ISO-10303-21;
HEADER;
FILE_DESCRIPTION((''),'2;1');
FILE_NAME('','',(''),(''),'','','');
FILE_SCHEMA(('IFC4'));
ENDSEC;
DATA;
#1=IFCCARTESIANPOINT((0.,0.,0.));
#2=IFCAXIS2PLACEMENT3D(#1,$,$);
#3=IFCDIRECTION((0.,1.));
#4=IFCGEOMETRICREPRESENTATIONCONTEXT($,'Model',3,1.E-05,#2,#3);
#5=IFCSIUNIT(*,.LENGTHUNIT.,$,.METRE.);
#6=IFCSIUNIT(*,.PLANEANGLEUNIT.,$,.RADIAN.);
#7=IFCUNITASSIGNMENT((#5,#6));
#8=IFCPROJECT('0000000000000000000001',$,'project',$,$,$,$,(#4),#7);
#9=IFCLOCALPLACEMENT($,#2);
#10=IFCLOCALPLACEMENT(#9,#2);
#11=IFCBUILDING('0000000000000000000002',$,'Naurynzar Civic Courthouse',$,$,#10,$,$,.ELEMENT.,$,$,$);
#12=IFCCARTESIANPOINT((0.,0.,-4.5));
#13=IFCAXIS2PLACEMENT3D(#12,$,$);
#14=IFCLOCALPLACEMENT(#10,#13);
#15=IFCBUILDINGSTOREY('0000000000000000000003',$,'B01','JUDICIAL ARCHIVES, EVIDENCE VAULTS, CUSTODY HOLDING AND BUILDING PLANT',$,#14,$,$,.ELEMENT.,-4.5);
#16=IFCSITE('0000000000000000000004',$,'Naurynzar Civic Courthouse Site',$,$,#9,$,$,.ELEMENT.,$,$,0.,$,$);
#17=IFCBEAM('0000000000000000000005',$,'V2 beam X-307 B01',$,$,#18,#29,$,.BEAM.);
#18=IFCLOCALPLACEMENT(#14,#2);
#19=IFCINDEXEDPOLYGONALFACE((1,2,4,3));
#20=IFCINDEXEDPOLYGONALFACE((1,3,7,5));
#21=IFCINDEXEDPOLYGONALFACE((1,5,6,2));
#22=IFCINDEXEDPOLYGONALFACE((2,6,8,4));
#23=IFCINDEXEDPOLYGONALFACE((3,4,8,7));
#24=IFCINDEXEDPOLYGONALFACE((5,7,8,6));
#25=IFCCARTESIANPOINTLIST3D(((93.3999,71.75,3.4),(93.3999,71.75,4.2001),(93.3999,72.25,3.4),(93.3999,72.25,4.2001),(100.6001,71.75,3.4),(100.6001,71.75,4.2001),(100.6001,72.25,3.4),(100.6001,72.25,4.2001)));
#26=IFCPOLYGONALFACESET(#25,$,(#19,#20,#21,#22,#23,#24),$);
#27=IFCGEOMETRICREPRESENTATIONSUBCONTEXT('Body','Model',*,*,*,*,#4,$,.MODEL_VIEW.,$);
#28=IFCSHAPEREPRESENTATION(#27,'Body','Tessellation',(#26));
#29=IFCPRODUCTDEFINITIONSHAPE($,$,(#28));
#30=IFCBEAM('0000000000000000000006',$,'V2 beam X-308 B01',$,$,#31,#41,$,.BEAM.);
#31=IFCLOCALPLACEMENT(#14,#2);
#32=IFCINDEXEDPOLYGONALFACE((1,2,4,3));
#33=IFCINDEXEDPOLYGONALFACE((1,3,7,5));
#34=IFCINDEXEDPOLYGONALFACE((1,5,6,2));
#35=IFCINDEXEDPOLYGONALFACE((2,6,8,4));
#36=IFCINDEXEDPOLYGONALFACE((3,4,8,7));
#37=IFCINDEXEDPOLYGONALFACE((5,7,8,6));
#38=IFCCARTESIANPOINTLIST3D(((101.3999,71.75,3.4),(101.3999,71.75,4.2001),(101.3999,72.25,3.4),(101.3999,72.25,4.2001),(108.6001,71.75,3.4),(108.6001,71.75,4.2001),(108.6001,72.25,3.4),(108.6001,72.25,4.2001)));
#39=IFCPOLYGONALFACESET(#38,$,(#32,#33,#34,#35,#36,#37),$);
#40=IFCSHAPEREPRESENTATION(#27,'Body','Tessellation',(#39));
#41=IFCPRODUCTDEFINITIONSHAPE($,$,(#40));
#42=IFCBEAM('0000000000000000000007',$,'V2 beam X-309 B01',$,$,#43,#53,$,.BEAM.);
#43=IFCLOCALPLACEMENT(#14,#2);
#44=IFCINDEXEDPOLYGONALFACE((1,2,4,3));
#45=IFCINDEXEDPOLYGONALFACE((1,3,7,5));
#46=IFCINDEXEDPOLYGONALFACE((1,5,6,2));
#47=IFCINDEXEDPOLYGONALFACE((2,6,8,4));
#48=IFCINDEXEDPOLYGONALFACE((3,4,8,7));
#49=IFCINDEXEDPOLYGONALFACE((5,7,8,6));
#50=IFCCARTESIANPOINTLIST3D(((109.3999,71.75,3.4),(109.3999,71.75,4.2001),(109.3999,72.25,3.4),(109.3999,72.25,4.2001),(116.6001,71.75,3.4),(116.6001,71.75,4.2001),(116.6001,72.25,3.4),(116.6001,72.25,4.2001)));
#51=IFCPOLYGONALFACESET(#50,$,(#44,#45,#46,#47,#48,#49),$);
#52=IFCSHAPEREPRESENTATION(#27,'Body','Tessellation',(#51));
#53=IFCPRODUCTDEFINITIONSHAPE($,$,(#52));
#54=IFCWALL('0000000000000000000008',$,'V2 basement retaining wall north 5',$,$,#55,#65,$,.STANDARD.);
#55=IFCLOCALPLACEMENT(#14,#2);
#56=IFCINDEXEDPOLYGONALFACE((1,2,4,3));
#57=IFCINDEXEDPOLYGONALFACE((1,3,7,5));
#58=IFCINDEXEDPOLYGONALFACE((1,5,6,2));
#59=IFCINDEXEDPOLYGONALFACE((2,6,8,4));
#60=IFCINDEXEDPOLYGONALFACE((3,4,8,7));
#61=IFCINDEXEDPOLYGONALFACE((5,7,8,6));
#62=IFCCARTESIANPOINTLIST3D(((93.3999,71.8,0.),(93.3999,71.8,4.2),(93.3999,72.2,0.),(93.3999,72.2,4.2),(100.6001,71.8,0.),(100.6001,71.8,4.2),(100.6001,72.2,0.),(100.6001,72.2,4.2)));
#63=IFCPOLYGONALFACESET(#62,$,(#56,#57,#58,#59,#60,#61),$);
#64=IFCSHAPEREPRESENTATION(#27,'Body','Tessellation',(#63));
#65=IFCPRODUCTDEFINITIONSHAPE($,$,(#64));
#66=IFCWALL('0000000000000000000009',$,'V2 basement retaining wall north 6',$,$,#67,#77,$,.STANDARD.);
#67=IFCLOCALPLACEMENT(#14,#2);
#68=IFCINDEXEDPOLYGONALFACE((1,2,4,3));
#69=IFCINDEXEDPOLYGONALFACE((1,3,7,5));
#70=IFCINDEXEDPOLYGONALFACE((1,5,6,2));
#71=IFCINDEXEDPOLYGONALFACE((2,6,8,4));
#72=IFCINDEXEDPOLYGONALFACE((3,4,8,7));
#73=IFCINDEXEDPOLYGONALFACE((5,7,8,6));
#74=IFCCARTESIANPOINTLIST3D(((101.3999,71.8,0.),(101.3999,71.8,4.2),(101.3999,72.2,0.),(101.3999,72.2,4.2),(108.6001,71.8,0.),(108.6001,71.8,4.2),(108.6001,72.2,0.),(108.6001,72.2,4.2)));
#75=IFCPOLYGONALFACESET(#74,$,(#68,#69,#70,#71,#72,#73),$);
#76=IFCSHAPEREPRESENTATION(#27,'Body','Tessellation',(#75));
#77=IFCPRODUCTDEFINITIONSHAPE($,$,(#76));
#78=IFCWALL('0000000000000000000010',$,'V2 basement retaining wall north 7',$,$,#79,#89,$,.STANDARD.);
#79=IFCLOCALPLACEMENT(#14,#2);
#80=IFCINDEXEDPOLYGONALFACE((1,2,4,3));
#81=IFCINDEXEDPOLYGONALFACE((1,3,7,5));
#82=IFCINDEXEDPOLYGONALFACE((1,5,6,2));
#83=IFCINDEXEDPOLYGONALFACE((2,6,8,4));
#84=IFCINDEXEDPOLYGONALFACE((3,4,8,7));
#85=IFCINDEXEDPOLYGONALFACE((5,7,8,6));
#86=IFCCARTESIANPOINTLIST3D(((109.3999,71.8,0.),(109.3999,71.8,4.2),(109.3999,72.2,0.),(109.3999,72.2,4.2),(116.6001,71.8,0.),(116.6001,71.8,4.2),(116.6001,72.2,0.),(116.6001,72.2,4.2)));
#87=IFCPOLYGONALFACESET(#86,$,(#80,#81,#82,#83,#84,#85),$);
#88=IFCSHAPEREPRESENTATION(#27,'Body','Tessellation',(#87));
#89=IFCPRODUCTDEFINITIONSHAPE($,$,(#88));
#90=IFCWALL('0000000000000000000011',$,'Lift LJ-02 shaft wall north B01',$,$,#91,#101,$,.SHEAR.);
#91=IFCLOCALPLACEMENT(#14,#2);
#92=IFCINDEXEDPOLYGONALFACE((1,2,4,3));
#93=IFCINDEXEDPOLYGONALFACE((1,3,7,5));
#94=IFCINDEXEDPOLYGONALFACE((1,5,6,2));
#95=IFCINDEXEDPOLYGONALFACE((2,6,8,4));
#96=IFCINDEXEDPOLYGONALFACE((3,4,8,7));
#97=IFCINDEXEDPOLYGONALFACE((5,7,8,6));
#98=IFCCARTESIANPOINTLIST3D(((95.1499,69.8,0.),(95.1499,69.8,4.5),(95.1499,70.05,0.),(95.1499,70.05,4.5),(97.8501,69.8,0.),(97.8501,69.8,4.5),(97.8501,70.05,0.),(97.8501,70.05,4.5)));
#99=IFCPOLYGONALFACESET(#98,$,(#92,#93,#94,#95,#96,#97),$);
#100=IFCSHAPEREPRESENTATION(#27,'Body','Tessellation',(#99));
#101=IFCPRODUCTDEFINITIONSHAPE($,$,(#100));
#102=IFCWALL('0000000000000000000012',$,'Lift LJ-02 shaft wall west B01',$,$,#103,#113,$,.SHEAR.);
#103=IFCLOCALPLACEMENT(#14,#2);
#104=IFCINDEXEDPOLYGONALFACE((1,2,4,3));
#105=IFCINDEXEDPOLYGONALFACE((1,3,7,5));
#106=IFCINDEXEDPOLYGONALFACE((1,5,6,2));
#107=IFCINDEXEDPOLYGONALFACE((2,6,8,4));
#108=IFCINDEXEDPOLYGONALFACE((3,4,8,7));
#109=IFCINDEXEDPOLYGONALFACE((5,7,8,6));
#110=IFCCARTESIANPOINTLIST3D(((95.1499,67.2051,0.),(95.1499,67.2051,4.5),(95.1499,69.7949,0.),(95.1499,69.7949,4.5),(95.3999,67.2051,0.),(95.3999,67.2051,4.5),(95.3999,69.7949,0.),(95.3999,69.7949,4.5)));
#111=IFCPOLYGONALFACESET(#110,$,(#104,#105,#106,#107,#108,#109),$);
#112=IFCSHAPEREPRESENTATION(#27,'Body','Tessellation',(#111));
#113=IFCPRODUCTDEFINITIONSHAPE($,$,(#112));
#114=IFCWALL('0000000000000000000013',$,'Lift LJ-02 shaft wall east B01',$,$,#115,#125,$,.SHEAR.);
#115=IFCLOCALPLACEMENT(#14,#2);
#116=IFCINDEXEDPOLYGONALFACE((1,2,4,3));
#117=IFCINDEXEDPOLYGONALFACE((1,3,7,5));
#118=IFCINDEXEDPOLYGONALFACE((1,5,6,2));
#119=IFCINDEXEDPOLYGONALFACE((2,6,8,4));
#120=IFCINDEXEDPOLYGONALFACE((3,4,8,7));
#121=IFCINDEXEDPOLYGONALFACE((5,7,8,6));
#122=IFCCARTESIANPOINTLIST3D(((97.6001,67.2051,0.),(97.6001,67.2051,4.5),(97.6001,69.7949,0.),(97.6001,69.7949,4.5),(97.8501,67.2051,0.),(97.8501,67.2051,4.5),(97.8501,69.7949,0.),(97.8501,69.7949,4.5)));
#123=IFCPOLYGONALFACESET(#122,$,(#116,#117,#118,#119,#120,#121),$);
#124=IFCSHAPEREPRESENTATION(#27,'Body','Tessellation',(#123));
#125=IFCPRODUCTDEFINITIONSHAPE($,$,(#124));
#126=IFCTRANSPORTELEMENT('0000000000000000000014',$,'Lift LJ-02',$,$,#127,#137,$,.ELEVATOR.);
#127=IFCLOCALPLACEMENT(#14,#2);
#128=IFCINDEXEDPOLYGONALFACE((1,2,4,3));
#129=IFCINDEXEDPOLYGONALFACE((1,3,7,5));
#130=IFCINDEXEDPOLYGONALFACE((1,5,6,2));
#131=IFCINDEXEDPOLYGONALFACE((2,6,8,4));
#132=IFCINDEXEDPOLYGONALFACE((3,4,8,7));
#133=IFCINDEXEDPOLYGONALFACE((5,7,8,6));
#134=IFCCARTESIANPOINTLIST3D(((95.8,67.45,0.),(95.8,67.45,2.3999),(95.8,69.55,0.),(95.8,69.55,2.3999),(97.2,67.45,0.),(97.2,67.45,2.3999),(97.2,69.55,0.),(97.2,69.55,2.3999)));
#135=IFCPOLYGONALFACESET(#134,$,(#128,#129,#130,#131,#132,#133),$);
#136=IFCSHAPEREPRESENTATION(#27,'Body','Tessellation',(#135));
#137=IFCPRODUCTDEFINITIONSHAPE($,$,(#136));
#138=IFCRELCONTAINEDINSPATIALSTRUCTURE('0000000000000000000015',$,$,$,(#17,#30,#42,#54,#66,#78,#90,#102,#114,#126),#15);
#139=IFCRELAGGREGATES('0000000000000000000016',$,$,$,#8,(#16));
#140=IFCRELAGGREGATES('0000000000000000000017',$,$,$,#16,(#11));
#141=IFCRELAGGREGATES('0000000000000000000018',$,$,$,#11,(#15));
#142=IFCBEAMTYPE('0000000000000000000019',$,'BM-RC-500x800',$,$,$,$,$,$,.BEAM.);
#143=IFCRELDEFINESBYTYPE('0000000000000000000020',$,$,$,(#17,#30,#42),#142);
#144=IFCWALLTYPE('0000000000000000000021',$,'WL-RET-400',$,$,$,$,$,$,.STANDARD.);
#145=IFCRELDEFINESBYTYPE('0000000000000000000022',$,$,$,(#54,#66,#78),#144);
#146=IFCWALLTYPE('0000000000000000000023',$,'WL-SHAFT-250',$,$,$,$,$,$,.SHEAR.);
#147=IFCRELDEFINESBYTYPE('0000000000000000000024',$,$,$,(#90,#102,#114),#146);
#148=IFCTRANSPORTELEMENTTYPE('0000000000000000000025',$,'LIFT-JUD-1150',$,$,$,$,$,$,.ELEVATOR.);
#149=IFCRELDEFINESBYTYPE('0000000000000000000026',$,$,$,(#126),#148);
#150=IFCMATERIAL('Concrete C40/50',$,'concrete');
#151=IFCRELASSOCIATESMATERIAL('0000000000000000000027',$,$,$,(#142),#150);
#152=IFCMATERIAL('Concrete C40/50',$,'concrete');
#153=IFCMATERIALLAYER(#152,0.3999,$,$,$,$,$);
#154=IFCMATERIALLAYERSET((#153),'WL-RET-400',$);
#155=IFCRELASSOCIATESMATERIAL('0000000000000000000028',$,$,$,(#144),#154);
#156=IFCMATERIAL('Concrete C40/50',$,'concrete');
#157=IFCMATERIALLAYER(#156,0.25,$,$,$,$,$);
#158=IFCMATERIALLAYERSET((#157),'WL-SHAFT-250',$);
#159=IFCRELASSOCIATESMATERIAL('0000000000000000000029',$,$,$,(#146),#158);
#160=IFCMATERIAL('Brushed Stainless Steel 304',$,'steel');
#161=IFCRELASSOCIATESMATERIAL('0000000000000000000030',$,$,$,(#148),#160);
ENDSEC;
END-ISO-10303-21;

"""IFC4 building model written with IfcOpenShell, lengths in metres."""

from ifc_helpers import new_model, si_unit, direction, frame, frame_2d, origin, origin_2d, place, context, subcontext, project, spatial, rectangle, extrude, material, layer, layer_set, material_profile, profile_set, type_object, element, save


model = new_model("IFC4")

# Units and contexts
model_context = context("Model", 3, precision=1e-05, world=origin(), true_north=direction((0.0, 1.0)))
body_context = subcontext(model_context, "Body", "Model", "MODEL_VIEW")
ifc_project = project(units=[si_unit("LENGTHUNIT", "METRE"), si_unit("PLANEANGLEUNIT", "RADIAN")], contexts=[model_context])

# Site, building, storey
site_placement = place(None, origin())
site = spatial("IfcSite", under=ifc_project, at=site_placement, Name="Naurynzar Civic Courthouse Site", CompositionType="ELEMENT", RefElevation=0.0)
building_placement = place(site_placement, origin())
building = spatial("IfcBuilding", under=site, at=building_placement, Name="Naurynzar Civic Courthouse", CompositionType="ELEMENT")
storey_placement = place(building_placement, frame((0.0, 0.0, -4.5)))
storey = spatial("IfcBuildingStorey", under=building, at=storey_placement, Name="B01", Description="JUDICIAL ARCHIVES, EVIDENCE VAULTS, CUSTODY HOLDING AND BUILDING PLANT", CompositionType="ELEMENT", Elevation=-4.5)

# Beams
ifc_material_1 = material(Name="Concrete C40/50", Category="concrete")
ifc_material_profile_1 = material_profile(ifc_material_1, rectangle(XDim=0.5, YDim=0.8, at=origin_2d()), Name="RCB 500x800")
ifc_profile_set_1 = profile_set([ifc_material_profile_1], Name="Concrete C40/50")
beam_type_1 = type_object("IfcBeamType", Name="BM-RC-500x800", PredefinedType="BEAM", material=ifc_profile_set_1)
for number, where, z_axis, x_axis, name in (
    (1, (93.3999, 72.0, 3.8), (1.0, 0.0, 0.0), (0.0, 1.0, 0.0), "V2 beam X-307 B01"),
    (2, (101.3999, 72.0, 3.8), (1.0, 0.0, 0.0), (0.0, 1.0, 0.0), "V2 beam X-308 B01"),
    (3, (109.3999, 72.0, 3.8), (1.0, 0.0, 0.0), (0.0, 1.0, 0.0), "V2 beam X-309 B01"),
):
    element("IfcBeam", number, at=place(storey_placement, frame(where, z_axis=z_axis, x_axis=x_axis)), inside=storey, type_object=beam_type_1, Name=name, PredefinedType="BEAM", context=body_context, shape_type="SweptSolid", body=[
        extrude(rectangle(XDim=0.5, YDim=0.8, at=origin_2d()), origin(), (0.0, 0.0, 1.0), 7.2002),
    ])

# Walls
ifc_material_2 = material(Name="Concrete C40/50", Category="concrete")
ifc_layer_1 = layer(ifc_material_2, 0.3999)
ifc_layer_set_1 = layer_set([ifc_layer_1], Name="WL-RET-400")
wall_type_1 = type_object("IfcWallType", Name="WL-RET-400", PredefinedType="STANDARD", material=ifc_layer_set_1)
for number, where, z_axis, x_axis, name in (
    (4, (93.3999, 72.0, 0.0), (0.0, 0.0, 1.0), (1.0, 0.0, 0.0), "V2 basement retaining wall north 5"),
    (5, (101.3999, 72.0, 0.0), (0.0, 0.0, 1.0), (1.0, 0.0, 0.0), "V2 basement retaining wall north 6"),
    (6, (109.3999, 72.0, 0.0), (0.0, 0.0, 1.0), (1.0, 0.0, 0.0), "V2 basement retaining wall north 7"),
):
    element("IfcWall", number, at=place(storey_placement, frame(where, z_axis=z_axis, x_axis=x_axis)), inside=storey, type_object=wall_type_1, Name=name, PredefinedType="STANDARD", context=body_context, shape_type="SweptSolid", body=[
        extrude(rectangle(XDim=7.2002, YDim=0.3999, at=frame_2d((3.6001, 0.0))), origin(), (0.0, 0.0, 1.0), 4.2),
    ])

# Shared definitions
ifc_material_3 = material(Name="Concrete C40/50", Category="concrete")
ifc_layer_2 = layer(ifc_material_3, 0.25)
ifc_layer_set_2 = layer_set([ifc_layer_2], Name="WL-SHAFT-250")
wall_type_2 = type_object("IfcWallType", Name="WL-SHAFT-250", PredefinedType="SHEAR", material=ifc_layer_set_2)

# Walls
wall_1_placement = place(storey_placement, frame((97.8501, 69.925, 0.0), z_axis=(0.0, 0.0, 1.0), x_axis=(-1.0, 0.0, 0.0)))
element("IfcWall", 7, at=wall_1_placement, inside=storey, type_object=wall_type_2, Name="Lift LJ-02 shaft wall north B01", PredefinedType="SHEAR", context=body_context, shape_type="SweptSolid", body=[
    extrude(rectangle(XDim=2.7002, YDim=0.25, at=frame_2d((1.3501, 0.0))), origin(), (0.0, 0.0, 1.0), 4.5),
])
for number, where, z_axis, x_axis, name in (
    (8, (95.2749, 69.7949, 0.0), (0.0, 0.0, 1.0), (0.0, -1.0, 0.0), "Lift LJ-02 shaft wall west B01"),
    (9, (97.7251, 67.2051, 0.0), (0.0, 0.0, 1.0), (0.0, 1.0, 0.0), "Lift LJ-02 shaft wall east B01"),
):
    element("IfcWall", number, at=place(storey_placement, frame(where, z_axis=z_axis, x_axis=x_axis)), inside=storey, type_object=wall_type_2, Name=name, PredefinedType="SHEAR", context=body_context, shape_type="SweptSolid", body=[
        extrude(rectangle(XDim=2.5898, YDim=0.25, at=frame_2d((1.2949, 0.0))), origin(), (0.0, 0.0, 1.0), 4.5),
    ])

# Transport element
ifc_material_4 = material(Name="Brushed Stainless Steel 304", Category="steel")
transport_element_type = type_object("IfcTransportElementType", Name="LIFT-JUD-1150", PredefinedType="ELEVATOR", material=ifc_material_4)
transport_element_placement = place(storey_placement, frame((96.5, 68.5, 0.0), z_axis=(0.0, 0.0, 1.0), x_axis=(1.0, 0.0, 0.0)))
element("IfcTransportElement", 10, at=transport_element_placement, inside=storey, type_object=transport_element_type, Name="Lift LJ-02", PredefinedType="ELEVATOR", context=body_context, shape_type="SweptSolid", body=[
    extrude(rectangle(XDim=1.3999, YDim=2.1001, at=origin_2d()), origin(), (0.0, 0.0, 1.0), 2.3999),
])

save(model, "model.ifc")
